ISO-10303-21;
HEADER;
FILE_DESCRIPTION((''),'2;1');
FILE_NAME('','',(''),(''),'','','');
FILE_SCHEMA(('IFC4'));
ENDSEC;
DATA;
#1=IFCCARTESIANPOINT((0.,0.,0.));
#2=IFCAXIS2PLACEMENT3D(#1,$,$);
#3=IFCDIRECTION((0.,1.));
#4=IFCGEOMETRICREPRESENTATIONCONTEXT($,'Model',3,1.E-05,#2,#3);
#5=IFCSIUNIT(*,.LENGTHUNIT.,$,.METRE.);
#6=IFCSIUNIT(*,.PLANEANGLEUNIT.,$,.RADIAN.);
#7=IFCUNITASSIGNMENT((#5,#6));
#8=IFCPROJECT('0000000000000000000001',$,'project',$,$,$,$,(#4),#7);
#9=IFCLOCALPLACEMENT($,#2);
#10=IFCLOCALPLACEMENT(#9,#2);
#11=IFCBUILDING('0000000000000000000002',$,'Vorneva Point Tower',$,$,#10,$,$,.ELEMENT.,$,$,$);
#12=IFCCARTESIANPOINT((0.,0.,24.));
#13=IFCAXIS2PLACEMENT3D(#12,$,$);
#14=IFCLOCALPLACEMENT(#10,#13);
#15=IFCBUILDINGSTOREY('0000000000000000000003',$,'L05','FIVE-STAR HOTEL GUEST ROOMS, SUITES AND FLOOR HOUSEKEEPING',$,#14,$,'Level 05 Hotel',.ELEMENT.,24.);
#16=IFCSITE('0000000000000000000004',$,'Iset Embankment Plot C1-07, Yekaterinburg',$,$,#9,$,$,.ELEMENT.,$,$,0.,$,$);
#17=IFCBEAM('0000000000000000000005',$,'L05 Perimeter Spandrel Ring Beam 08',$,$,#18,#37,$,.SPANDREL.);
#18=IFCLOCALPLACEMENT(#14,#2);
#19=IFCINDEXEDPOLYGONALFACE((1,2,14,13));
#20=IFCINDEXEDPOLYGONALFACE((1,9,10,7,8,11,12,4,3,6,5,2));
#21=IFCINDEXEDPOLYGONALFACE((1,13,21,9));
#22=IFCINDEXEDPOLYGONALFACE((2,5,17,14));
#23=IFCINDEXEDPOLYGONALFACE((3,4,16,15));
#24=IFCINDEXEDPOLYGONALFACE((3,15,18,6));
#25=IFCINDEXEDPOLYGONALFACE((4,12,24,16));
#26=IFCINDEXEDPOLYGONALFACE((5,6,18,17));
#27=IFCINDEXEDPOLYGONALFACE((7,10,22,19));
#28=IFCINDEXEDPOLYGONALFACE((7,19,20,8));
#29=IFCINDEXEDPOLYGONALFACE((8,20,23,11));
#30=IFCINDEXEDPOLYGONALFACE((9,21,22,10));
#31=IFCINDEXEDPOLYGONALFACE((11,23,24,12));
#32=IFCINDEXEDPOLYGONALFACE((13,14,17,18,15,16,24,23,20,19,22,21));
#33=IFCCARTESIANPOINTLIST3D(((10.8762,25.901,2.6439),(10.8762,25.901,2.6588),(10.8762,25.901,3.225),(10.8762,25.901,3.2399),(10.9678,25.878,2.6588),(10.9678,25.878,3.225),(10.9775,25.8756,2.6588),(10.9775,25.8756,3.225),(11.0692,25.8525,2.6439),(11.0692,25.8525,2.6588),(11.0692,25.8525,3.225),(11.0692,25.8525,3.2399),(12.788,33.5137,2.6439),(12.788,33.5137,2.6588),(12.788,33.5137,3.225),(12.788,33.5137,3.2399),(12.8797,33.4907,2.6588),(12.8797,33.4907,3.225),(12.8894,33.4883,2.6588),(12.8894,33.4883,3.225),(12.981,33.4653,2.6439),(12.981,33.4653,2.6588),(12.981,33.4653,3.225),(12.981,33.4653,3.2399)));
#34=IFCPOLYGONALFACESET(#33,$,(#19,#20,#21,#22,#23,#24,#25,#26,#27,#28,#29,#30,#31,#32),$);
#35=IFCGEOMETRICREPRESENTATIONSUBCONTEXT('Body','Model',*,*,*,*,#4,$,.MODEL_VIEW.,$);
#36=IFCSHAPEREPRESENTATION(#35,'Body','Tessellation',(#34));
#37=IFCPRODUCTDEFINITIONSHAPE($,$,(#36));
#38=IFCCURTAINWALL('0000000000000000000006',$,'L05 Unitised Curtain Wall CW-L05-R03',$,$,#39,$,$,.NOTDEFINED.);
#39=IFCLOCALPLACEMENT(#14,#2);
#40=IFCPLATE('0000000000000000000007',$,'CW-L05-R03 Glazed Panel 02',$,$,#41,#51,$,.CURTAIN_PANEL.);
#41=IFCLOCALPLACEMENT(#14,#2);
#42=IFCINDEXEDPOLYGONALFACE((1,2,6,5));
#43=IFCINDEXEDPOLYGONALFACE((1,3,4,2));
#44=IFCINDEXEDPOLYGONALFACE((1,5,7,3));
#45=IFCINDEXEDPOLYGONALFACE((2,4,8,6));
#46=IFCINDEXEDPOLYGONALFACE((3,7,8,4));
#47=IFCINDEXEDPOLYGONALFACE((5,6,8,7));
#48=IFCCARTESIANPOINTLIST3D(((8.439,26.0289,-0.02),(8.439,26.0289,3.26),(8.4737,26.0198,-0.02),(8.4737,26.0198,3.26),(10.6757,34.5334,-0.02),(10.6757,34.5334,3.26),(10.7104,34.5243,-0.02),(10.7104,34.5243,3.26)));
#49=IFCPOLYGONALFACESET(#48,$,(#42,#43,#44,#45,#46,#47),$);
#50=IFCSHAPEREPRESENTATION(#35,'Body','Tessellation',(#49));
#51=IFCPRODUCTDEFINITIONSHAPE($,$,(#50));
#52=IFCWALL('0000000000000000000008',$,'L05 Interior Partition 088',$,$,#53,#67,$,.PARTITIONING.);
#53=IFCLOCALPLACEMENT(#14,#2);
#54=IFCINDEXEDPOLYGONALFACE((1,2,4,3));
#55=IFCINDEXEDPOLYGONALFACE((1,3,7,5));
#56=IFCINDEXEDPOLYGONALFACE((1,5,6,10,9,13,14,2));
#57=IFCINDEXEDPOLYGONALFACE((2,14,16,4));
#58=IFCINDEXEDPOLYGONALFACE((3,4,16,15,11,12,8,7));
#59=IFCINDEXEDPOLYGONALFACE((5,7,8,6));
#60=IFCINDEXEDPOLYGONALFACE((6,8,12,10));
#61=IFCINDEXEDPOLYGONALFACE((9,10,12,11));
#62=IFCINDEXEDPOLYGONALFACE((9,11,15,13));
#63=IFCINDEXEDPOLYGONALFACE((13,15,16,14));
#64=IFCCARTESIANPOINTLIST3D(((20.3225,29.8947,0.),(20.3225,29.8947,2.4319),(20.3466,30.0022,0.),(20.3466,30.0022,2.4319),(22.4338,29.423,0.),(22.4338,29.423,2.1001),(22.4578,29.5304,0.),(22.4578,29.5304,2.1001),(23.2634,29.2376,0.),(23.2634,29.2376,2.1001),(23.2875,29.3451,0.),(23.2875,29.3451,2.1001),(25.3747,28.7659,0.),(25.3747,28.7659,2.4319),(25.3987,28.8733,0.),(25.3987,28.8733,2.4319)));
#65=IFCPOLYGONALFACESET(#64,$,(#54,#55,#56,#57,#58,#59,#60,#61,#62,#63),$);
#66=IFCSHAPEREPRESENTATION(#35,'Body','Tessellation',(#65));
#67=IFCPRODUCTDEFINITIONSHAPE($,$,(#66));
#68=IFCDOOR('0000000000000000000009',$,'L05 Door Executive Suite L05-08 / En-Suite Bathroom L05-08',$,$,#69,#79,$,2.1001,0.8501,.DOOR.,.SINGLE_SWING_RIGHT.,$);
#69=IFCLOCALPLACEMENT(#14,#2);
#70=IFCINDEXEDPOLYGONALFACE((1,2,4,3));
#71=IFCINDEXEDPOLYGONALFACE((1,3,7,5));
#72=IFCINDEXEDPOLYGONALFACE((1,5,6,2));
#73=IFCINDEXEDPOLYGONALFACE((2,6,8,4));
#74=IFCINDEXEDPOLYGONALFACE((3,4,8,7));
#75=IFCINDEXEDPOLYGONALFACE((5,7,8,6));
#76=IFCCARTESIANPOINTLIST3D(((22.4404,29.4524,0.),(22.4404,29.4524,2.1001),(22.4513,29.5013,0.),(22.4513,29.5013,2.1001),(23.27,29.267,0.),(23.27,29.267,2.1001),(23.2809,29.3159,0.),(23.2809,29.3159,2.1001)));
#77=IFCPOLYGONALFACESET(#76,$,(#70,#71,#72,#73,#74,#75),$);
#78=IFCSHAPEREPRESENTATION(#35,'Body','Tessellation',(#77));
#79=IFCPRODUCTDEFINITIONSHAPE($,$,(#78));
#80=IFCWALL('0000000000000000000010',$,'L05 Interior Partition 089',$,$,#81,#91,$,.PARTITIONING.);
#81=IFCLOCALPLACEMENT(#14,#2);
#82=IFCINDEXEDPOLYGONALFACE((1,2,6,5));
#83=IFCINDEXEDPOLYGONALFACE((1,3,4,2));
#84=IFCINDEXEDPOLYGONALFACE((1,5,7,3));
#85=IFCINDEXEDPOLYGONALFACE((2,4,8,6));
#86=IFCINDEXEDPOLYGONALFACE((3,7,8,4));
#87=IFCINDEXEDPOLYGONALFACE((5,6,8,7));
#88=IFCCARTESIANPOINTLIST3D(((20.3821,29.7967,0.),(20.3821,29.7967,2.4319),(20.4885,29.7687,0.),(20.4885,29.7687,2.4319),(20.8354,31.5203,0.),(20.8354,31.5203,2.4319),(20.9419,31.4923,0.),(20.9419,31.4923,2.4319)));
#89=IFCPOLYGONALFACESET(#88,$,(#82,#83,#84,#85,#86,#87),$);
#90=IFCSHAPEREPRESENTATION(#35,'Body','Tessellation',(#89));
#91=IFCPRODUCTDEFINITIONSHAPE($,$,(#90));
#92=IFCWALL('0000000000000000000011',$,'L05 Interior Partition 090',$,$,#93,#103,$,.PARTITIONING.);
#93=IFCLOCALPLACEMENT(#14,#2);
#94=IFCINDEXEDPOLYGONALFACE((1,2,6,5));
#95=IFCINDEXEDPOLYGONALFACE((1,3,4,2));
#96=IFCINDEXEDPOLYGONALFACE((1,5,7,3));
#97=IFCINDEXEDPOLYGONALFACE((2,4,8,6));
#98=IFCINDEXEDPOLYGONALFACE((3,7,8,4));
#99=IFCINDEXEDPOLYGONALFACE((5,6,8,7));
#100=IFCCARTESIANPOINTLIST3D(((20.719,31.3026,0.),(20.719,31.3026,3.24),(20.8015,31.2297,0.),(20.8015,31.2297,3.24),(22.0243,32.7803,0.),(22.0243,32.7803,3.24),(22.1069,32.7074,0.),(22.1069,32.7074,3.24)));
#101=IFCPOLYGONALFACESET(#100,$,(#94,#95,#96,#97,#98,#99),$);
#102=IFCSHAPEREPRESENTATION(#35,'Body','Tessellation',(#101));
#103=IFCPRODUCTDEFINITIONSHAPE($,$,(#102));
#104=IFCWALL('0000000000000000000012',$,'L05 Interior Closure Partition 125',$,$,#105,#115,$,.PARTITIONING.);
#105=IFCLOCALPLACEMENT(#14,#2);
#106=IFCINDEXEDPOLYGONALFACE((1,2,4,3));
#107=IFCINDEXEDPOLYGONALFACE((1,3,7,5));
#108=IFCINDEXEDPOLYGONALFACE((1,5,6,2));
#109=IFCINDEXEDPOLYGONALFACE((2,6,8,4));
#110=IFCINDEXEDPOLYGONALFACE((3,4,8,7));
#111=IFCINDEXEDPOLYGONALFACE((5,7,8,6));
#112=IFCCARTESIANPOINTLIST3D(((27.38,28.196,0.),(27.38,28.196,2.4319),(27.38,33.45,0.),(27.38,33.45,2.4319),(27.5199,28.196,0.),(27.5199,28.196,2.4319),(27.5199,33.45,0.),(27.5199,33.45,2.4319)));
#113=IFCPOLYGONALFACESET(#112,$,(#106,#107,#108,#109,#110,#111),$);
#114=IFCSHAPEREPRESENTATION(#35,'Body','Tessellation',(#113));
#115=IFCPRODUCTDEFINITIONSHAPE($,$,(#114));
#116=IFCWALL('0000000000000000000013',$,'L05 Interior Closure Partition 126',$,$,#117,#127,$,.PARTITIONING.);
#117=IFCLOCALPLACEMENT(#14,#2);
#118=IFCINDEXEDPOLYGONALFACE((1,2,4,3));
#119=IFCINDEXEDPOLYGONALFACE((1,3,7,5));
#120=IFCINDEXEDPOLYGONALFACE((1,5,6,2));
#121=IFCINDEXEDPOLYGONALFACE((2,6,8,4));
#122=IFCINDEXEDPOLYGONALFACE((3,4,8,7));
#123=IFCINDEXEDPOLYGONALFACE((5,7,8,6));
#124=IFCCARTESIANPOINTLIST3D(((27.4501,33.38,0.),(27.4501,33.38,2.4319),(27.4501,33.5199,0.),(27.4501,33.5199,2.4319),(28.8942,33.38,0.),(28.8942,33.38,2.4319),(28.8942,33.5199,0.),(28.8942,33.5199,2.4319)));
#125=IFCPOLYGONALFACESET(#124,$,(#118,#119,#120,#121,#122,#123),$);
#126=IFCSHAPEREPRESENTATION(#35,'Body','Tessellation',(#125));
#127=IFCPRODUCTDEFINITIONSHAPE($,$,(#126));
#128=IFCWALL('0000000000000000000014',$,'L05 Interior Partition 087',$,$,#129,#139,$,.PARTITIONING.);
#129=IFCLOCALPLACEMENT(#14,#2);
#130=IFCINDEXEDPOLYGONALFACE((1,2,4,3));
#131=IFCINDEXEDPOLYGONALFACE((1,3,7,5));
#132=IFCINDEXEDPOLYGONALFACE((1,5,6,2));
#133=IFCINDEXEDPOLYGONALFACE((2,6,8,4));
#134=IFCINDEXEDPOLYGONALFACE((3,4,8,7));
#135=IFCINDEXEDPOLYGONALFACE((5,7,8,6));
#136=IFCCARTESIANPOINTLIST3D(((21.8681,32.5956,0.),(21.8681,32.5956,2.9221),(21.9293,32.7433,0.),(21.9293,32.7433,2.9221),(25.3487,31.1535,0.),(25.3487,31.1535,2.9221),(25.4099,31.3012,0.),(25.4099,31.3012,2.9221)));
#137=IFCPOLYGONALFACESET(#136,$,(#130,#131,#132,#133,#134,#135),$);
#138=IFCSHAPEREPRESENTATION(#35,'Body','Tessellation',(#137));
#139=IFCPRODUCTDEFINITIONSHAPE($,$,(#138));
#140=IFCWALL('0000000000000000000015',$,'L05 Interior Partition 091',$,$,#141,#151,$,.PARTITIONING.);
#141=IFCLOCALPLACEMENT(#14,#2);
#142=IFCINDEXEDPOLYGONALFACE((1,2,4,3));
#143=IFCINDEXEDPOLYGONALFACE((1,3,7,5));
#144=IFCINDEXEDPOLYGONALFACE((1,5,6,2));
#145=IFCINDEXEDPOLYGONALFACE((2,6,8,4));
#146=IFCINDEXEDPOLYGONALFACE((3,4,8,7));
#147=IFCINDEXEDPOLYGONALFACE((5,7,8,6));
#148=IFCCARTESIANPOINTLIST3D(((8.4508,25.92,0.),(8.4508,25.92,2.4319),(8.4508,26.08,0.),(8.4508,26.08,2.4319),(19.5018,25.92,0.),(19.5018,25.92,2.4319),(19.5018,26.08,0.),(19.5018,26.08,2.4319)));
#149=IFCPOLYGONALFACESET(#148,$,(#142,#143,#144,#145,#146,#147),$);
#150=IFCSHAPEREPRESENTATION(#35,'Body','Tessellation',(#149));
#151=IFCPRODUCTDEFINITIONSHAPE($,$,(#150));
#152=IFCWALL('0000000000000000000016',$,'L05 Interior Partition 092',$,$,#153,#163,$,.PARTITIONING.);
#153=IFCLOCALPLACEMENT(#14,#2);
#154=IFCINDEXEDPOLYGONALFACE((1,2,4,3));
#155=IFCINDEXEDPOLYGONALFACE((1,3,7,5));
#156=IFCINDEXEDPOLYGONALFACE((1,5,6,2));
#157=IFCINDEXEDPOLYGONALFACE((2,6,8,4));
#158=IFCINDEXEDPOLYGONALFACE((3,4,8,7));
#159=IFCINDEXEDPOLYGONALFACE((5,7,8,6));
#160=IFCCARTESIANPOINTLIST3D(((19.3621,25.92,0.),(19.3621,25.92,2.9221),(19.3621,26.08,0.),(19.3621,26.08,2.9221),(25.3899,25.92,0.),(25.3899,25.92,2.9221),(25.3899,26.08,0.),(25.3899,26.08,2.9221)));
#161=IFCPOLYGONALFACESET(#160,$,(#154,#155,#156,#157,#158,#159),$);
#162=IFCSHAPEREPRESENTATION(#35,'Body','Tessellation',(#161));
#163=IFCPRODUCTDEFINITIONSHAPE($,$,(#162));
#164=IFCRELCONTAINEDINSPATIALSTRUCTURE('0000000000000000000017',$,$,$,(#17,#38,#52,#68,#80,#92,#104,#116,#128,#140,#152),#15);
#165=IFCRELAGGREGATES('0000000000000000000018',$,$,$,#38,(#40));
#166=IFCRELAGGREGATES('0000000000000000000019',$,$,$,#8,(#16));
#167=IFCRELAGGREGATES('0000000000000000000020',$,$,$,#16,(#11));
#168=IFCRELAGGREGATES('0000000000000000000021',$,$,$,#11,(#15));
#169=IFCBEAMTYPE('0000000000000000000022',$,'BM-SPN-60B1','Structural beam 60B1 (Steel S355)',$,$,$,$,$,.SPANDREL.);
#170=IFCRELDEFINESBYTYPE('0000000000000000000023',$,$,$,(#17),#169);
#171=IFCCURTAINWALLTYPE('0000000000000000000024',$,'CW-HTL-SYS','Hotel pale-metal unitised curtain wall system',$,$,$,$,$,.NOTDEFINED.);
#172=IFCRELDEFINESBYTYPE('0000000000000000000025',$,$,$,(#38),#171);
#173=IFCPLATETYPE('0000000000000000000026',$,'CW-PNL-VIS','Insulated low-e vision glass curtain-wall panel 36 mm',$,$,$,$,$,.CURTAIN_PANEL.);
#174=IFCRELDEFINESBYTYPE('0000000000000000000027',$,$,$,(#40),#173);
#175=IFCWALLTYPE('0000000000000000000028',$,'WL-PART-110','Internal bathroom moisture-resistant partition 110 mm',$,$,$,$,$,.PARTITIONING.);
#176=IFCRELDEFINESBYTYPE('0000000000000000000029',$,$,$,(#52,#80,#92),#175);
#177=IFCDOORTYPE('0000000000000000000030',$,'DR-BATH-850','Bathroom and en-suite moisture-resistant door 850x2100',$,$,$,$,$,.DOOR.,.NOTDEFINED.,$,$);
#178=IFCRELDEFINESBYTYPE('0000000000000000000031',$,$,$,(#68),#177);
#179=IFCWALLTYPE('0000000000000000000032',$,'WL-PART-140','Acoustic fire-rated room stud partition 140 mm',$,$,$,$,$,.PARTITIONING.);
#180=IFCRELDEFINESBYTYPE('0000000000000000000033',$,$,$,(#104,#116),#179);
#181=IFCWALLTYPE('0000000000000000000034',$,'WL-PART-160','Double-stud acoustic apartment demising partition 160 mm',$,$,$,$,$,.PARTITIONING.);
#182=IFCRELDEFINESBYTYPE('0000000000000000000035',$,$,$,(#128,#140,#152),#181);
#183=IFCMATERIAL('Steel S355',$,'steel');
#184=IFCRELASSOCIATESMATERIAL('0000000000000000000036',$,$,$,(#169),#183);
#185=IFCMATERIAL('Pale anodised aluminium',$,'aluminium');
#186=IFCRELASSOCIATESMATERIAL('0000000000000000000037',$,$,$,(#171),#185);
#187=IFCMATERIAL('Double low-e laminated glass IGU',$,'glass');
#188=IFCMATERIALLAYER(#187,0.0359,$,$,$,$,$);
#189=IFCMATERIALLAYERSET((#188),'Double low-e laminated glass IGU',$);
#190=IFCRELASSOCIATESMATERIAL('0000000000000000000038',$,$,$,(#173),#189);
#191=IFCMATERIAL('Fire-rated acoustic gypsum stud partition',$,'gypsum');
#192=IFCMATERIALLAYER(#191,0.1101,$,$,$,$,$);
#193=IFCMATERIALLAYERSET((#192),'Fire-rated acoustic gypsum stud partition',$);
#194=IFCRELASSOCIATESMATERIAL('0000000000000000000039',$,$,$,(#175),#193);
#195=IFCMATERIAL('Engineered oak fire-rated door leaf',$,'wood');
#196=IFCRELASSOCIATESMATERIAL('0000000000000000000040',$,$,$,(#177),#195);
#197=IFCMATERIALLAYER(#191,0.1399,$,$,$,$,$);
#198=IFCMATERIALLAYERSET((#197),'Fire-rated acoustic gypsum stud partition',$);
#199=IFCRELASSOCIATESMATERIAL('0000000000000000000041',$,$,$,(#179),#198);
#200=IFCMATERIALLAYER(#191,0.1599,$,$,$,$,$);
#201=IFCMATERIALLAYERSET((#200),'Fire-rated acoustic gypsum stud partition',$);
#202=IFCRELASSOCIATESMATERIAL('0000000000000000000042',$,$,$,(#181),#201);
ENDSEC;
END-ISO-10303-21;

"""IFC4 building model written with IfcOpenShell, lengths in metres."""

from ifc_helpers import new_model, si_unit, direction, frame, frame_2d, origin, origin_2d, place, context, subcontext, project, spatial, rectangle, i_section, extrude, material, layer, layer_set, material_profile, profile_set, type_object, element, fill, aggregate, save


model = new_model("IFC4")

# Units and contexts
model_context = context("Model", 3, precision=1e-05, world=origin(), true_north=direction((0.0, 1.0)))
body_context = subcontext(model_context, "Body", "Model", "MODEL_VIEW")
ifc_project = project(units=[si_unit("LENGTHUNIT", "METRE"), si_unit("PLANEANGLEUNIT", "RADIAN")], contexts=[model_context])

# Site, building, storey
site_placement = place(None, origin())
site = spatial("IfcSite", under=ifc_project, at=site_placement, Name="Iset Embankment Plot C1-07, Yekaterinburg", CompositionType="ELEMENT", RefElevation=0.0)
building_placement = place(site_placement, origin())
building = spatial("IfcBuilding", under=site, at=building_placement, Name="Vorneva Point Tower", CompositionType="ELEMENT")
storey_placement = place(building_placement, frame((0.0, 0.0, 24.0)))
storey = spatial("IfcBuildingStorey", under=building, at=storey_placement, Name="L05", Description="FIVE-STAR HOTEL GUEST ROOMS, SUITES AND FLOOR HOUSEKEEPING", LongName="Level 05 Hotel", CompositionType="ELEMENT", Elevation=24.0)

# Beam
ifc_material_1 = material(Name="Steel S355", Category="steel")
ifc_material_profile_1 = material_profile(ifc_material_1, i_section(OverallWidth=0.199, OverallDepth=0.5959, WebThickness=0.01, FlangeThickness=0.0149, at=origin_2d()), Name="60B1")
ifc_profile_set_1 = profile_set([ifc_material_profile_1], Name="Steel S355")
beam_type_1 = type_object("IfcBeamType", Name="BM-SPN-60B1", Description="Structural beam 60B1 (Steel S355)", PredefinedType="SPANDREL", material=ifc_profile_set_1)
beam_1_placement = place(storey_placement, frame((12.8845, 33.4895, 2.9419), z_axis=(-0.243575, -0.969882, 0.0), x_axis=(0.969882, -0.243575, 0.0)))
element("IfcBeam", 1, at=beam_1_placement, inside=storey, type_object=beam_type_1, Name="L05 Perimeter Spandrel Ring Beam 08", PredefinedType="SPANDREL", context=body_context, shape_type="SweptSolid", body=[
    extrude(i_section(OverallWidth=0.199, OverallDepth=0.5959, WebThickness=0.01, FlangeThickness=0.0149, at=origin_2d()), origin(), (0.0, 0.0, 1.0), 7.8491),
])

# Curtain wall, plate
ifc_material_2 = material(Name="Pale anodised aluminium", Category="aluminium")
curtain_wall_type = type_object("IfcCurtainWallType", Name="CW-HTL-SYS", Description="Hotel pale-metal unitised curtain wall system", PredefinedType="NOTDEFINED", material=ifc_material_2)
curtain_wall_placement = place(storey_placement, origin())
curtain_wall = element("IfcCurtainWall", 2, at=curtain_wall_placement, inside=storey, type_object=curtain_wall_type, Name="L05 Unitised Curtain Wall CW-L05-R03", PredefinedType="NOTDEFINED")
ifc_material_3 = material(Name="Double low-e laminated glass IGU", Category="glass")
ifc_layer_1 = layer(ifc_material_3, 0.0359)
ifc_layer_set_1 = layer_set([ifc_layer_1], Name="Double low-e laminated glass IGU")
plate_type = type_object("IfcPlateType", Name="CW-PNL-VIS", Description="Insulated low-e vision glass curtain-wall panel 36 mm", PredefinedType="CURTAIN_PANEL", material=ifc_layer_set_1)
plate_placement = place(storey_placement, frame((9.5747, 30.2766, -0.02), z_axis=(0.0, 0.0, 1.0), x_axis=(-0.254349, -0.967113, 0.0)))
plate = element("IfcPlate", 3, at=plate_placement, type_object=plate_type, Name="CW-L05-R03 Glazed Panel 02", PredefinedType="CURTAIN_PANEL", context=body_context, shape_type="SweptSolid", body=[
    extrude(rectangle(XDim=8.7937, YDim=0.0359, at=origin_2d()), origin(), (0.0, 0.0, 1.0), 3.28),
])
aggregate(curtain_wall, [plate])

# Wall, opening, door
ifc_material_4 = material(Name="Fire-rated acoustic gypsum stud partition", Category="gypsum")
ifc_layer_2 = layer(ifc_material_4, 0.1101)
ifc_layer_set_2 = layer_set([ifc_layer_2], Name="Fire-rated acoustic gypsum stud partition")
wall_type_1 = type_object("IfcWallType", Name="WL-PART-110", Description="Internal bathroom moisture-resistant partition 110 mm", PredefinedType="PARTITIONING", material=ifc_layer_set_2)
wall_1_placement = place(storey_placement, frame((25.3867, 28.8196, 0.0), z_axis=(0.0, 0.0, 1.0), x_axis=(-0.975933, 0.218069, 0.0)))
wall_1 = element("IfcWall", 4, at=wall_1_placement, inside=storey, type_object=wall_type_1, Name="L05 Interior Partition 088", PredefinedType="PARTITIONING", context=body_context, shape_type="SweptSolid", body=[
    extrude(rectangle(XDim=5.1768, YDim=0.1101, at=frame_2d((2.5884, 0.0))), origin(), (0.0, 0.0, 1.0), 2.4319),
])
opening_1_placement = place(wall_1_placement, frame((2.1633, 0.0, 0.0)))
opening_1 = element("IfcOpeningElement", 5, at=opening_1_placement, cuts=wall_1, PredefinedType="OPENING", context=body_context, shape_type="SweptSolid", body=[
    extrude(rectangle(XDim=0.8501, YDim=2.1001, at=frame_2d((0.425, 1.05))), frame((0.0, 0.0698, 0.0), z_axis=(0.0, -1.0, 0.0), x_axis=(1.0, 0.0, 0.0)), (0.0, 0.0, 1.0), 0.1399),
])
ifc_material_5 = material(Name="Engineered oak fire-rated door leaf", Category="wood")
door_type_1 = type_object("IfcDoorType", Name="DR-BATH-850", Description="Bathroom and en-suite moisture-resistant door 850x2100", OperationType="NOTDEFINED", PredefinedType="DOOR", material=ifc_material_5)
door_1_placement = place(opening_1_placement, origin())
door_1 = element("IfcDoor", 6, at=door_1_placement, inside=storey, type_object=door_type_1, Name="L05 Door Executive Suite L05-08 / En-Suite Bathroom L05-08", OperationType="SINGLE_SWING_RIGHT", OverallHeight=2.1001, OverallWidth=0.8501, PredefinedType="DOOR", context=body_context, shape_type="SweptSolid", body=[
    extrude(rectangle(XDim=0.8501, YDim=2.1001, at=frame_2d((0.425, 1.05))), frame((0.0, 0.0249, 0.0), z_axis=(0.0, -1.0, 0.0), x_axis=(1.0, 0.0, 0.0)), (0.0, 0.0, 1.0), 0.05),
])
fill(opening_1, door_1)

# Walls
wall_2_placement = place(storey_placement, frame((20.4353, 29.7827, 0.0), z_axis=(0.0, 0.0, 1.0), x_axis=(0.254379, 0.967105, 0.0)))
element("IfcWall", 7, at=wall_2_placement, inside=storey, type_object=wall_type_1, Name="L05 Interior Partition 089", PredefinedType="PARTITIONING", context=body_context, shape_type="SweptSolid", body=[
    extrude(rectangle(XDim=1.7822, YDim=0.1101, at=frame_2d((0.8911, 0.0))), origin(), (0.0, 0.0, 1.0), 2.4319),
])
wall_3_placement = place(storey_placement, frame((20.7603, 31.2661, 0.0), z_axis=(0.0, 0.0, 1.0), x_axis=(0.662047, 0.749462, 0.0)))
element("IfcWall", 8, at=wall_3_placement, inside=storey, type_object=wall_type_1, Name="L05 Interior Partition 090", PredefinedType="PARTITIONING", context=body_context, shape_type="SweptSolid", body=[
    extrude(rectangle(XDim=1.9717, YDim=0.1101, at=frame_2d((0.9858, 0.0))), origin(), (0.0, 0.0, 1.0), 3.24),
])
ifc_layer_3 = layer(ifc_material_4, 0.1399)
ifc_layer_set_3 = layer_set([ifc_layer_3], Name="Fire-rated acoustic gypsum stud partition")
wall_type_2 = type_object("IfcWallType", Name="WL-PART-140", Description="Acoustic fire-rated room stud partition 140 mm", PredefinedType="PARTITIONING", material=ifc_layer_set_3)
wall_4_placement = place(storey_placement, frame((27.45, 28.196, 0.0), z_axis=(0.0, 0.0, 1.0), x_axis=(0.0, 1.0, 0.0)))
element("IfcWall", 9, at=wall_4_placement, inside=storey, type_object=wall_type_2, Name="L05 Interior Closure Partition 125", PredefinedType="PARTITIONING", context=body_context, shape_type="SweptSolid", body=[
    extrude(rectangle(XDim=5.2539, YDim=0.1399, at=frame_2d((2.627, 0.0))), origin(), (0.0, 0.0, 1.0), 2.4319),
])
wall_5_placement = place(storey_placement, frame((27.45, 33.45, 0.0), z_axis=(0.0, 0.0, 1.0), x_axis=(1.0, 0.0, 0.0)))
element("IfcWall", 10, at=wall_5_placement, inside=storey, type_object=wall_type_2, Name="L05 Interior Closure Partition 126", PredefinedType="PARTITIONING", context=body_context, shape_type="SweptSolid", body=[
    extrude(rectangle(XDim=1.4441, YDim=0.1399, at=frame_2d((0.7222, 0.0))), origin(), (0.0, 0.0, 1.0), 2.4319),
])
ifc_layer_4 = layer(ifc_material_4, 0.1599)
ifc_layer_set_4 = layer_set([ifc_layer_4], Name="Fire-rated acoustic gypsum stud partition")
wall_type_3 = type_object("IfcWallType", Name="WL-PART-160", Description="Double-stud acoustic apartment demising partition 160 mm", PredefinedType="PARTITIONING", material=ifc_layer_set_4)
wall_6_placement = place(storey_placement, frame((21.8987, 32.6694, 0.0), z_axis=(0.0, 0.0, 1.0), x_axis=(0.923844, -0.38277, 0.0)))
element("IfcWall", 11, at=wall_6_placement, inside=storey, type_object=wall_type_3, Name="L05 Interior Partition 087", PredefinedType="PARTITIONING", context=body_context, shape_type="SweptSolid", body=[
    extrude(rectangle(XDim=3.7676, YDim=0.1599, at=frame_2d((1.8838, 0.0))), origin(), (0.0, 0.0, 1.0), 2.9221),
])
wall_7_placement = place(storey_placement, frame((8.4509, 26.0, 0.0), z_axis=(0.0, 0.0, 1.0), x_axis=(1.0, 0.0, 0.0)))
element("IfcWall", 12, at=wall_7_placement, inside=storey, type_object=wall_type_3, Name="L05 Interior Partition 091", PredefinedType="PARTITIONING", context=body_context, shape_type="SweptSolid", body=[
    extrude(rectangle(XDim=11.051, YDim=0.1599, at=frame_2d((5.5254, 0.0))), origin(), (0.0, 0.0, 1.0), 2.4319),
])
wall_8_placement = place(storey_placement, frame((19.3621, 26.0, 0.0), z_axis=(0.0, 0.0, 1.0), x_axis=(1.0, 0.0, 0.0)))
element("IfcWall", 13, at=wall_8_placement, inside=storey, type_object=wall_type_3, Name="L05 Interior Partition 092", PredefinedType="PARTITIONING", context=body_context, shape_type="SweptSolid", body=[
    extrude(rectangle(XDim=6.0278, YDim=0.1599, at=frame_2d((3.0139, 0.0))), origin(), (0.0, 0.0, 1.0), 2.9221),
])

save(model, "model.ifc")
